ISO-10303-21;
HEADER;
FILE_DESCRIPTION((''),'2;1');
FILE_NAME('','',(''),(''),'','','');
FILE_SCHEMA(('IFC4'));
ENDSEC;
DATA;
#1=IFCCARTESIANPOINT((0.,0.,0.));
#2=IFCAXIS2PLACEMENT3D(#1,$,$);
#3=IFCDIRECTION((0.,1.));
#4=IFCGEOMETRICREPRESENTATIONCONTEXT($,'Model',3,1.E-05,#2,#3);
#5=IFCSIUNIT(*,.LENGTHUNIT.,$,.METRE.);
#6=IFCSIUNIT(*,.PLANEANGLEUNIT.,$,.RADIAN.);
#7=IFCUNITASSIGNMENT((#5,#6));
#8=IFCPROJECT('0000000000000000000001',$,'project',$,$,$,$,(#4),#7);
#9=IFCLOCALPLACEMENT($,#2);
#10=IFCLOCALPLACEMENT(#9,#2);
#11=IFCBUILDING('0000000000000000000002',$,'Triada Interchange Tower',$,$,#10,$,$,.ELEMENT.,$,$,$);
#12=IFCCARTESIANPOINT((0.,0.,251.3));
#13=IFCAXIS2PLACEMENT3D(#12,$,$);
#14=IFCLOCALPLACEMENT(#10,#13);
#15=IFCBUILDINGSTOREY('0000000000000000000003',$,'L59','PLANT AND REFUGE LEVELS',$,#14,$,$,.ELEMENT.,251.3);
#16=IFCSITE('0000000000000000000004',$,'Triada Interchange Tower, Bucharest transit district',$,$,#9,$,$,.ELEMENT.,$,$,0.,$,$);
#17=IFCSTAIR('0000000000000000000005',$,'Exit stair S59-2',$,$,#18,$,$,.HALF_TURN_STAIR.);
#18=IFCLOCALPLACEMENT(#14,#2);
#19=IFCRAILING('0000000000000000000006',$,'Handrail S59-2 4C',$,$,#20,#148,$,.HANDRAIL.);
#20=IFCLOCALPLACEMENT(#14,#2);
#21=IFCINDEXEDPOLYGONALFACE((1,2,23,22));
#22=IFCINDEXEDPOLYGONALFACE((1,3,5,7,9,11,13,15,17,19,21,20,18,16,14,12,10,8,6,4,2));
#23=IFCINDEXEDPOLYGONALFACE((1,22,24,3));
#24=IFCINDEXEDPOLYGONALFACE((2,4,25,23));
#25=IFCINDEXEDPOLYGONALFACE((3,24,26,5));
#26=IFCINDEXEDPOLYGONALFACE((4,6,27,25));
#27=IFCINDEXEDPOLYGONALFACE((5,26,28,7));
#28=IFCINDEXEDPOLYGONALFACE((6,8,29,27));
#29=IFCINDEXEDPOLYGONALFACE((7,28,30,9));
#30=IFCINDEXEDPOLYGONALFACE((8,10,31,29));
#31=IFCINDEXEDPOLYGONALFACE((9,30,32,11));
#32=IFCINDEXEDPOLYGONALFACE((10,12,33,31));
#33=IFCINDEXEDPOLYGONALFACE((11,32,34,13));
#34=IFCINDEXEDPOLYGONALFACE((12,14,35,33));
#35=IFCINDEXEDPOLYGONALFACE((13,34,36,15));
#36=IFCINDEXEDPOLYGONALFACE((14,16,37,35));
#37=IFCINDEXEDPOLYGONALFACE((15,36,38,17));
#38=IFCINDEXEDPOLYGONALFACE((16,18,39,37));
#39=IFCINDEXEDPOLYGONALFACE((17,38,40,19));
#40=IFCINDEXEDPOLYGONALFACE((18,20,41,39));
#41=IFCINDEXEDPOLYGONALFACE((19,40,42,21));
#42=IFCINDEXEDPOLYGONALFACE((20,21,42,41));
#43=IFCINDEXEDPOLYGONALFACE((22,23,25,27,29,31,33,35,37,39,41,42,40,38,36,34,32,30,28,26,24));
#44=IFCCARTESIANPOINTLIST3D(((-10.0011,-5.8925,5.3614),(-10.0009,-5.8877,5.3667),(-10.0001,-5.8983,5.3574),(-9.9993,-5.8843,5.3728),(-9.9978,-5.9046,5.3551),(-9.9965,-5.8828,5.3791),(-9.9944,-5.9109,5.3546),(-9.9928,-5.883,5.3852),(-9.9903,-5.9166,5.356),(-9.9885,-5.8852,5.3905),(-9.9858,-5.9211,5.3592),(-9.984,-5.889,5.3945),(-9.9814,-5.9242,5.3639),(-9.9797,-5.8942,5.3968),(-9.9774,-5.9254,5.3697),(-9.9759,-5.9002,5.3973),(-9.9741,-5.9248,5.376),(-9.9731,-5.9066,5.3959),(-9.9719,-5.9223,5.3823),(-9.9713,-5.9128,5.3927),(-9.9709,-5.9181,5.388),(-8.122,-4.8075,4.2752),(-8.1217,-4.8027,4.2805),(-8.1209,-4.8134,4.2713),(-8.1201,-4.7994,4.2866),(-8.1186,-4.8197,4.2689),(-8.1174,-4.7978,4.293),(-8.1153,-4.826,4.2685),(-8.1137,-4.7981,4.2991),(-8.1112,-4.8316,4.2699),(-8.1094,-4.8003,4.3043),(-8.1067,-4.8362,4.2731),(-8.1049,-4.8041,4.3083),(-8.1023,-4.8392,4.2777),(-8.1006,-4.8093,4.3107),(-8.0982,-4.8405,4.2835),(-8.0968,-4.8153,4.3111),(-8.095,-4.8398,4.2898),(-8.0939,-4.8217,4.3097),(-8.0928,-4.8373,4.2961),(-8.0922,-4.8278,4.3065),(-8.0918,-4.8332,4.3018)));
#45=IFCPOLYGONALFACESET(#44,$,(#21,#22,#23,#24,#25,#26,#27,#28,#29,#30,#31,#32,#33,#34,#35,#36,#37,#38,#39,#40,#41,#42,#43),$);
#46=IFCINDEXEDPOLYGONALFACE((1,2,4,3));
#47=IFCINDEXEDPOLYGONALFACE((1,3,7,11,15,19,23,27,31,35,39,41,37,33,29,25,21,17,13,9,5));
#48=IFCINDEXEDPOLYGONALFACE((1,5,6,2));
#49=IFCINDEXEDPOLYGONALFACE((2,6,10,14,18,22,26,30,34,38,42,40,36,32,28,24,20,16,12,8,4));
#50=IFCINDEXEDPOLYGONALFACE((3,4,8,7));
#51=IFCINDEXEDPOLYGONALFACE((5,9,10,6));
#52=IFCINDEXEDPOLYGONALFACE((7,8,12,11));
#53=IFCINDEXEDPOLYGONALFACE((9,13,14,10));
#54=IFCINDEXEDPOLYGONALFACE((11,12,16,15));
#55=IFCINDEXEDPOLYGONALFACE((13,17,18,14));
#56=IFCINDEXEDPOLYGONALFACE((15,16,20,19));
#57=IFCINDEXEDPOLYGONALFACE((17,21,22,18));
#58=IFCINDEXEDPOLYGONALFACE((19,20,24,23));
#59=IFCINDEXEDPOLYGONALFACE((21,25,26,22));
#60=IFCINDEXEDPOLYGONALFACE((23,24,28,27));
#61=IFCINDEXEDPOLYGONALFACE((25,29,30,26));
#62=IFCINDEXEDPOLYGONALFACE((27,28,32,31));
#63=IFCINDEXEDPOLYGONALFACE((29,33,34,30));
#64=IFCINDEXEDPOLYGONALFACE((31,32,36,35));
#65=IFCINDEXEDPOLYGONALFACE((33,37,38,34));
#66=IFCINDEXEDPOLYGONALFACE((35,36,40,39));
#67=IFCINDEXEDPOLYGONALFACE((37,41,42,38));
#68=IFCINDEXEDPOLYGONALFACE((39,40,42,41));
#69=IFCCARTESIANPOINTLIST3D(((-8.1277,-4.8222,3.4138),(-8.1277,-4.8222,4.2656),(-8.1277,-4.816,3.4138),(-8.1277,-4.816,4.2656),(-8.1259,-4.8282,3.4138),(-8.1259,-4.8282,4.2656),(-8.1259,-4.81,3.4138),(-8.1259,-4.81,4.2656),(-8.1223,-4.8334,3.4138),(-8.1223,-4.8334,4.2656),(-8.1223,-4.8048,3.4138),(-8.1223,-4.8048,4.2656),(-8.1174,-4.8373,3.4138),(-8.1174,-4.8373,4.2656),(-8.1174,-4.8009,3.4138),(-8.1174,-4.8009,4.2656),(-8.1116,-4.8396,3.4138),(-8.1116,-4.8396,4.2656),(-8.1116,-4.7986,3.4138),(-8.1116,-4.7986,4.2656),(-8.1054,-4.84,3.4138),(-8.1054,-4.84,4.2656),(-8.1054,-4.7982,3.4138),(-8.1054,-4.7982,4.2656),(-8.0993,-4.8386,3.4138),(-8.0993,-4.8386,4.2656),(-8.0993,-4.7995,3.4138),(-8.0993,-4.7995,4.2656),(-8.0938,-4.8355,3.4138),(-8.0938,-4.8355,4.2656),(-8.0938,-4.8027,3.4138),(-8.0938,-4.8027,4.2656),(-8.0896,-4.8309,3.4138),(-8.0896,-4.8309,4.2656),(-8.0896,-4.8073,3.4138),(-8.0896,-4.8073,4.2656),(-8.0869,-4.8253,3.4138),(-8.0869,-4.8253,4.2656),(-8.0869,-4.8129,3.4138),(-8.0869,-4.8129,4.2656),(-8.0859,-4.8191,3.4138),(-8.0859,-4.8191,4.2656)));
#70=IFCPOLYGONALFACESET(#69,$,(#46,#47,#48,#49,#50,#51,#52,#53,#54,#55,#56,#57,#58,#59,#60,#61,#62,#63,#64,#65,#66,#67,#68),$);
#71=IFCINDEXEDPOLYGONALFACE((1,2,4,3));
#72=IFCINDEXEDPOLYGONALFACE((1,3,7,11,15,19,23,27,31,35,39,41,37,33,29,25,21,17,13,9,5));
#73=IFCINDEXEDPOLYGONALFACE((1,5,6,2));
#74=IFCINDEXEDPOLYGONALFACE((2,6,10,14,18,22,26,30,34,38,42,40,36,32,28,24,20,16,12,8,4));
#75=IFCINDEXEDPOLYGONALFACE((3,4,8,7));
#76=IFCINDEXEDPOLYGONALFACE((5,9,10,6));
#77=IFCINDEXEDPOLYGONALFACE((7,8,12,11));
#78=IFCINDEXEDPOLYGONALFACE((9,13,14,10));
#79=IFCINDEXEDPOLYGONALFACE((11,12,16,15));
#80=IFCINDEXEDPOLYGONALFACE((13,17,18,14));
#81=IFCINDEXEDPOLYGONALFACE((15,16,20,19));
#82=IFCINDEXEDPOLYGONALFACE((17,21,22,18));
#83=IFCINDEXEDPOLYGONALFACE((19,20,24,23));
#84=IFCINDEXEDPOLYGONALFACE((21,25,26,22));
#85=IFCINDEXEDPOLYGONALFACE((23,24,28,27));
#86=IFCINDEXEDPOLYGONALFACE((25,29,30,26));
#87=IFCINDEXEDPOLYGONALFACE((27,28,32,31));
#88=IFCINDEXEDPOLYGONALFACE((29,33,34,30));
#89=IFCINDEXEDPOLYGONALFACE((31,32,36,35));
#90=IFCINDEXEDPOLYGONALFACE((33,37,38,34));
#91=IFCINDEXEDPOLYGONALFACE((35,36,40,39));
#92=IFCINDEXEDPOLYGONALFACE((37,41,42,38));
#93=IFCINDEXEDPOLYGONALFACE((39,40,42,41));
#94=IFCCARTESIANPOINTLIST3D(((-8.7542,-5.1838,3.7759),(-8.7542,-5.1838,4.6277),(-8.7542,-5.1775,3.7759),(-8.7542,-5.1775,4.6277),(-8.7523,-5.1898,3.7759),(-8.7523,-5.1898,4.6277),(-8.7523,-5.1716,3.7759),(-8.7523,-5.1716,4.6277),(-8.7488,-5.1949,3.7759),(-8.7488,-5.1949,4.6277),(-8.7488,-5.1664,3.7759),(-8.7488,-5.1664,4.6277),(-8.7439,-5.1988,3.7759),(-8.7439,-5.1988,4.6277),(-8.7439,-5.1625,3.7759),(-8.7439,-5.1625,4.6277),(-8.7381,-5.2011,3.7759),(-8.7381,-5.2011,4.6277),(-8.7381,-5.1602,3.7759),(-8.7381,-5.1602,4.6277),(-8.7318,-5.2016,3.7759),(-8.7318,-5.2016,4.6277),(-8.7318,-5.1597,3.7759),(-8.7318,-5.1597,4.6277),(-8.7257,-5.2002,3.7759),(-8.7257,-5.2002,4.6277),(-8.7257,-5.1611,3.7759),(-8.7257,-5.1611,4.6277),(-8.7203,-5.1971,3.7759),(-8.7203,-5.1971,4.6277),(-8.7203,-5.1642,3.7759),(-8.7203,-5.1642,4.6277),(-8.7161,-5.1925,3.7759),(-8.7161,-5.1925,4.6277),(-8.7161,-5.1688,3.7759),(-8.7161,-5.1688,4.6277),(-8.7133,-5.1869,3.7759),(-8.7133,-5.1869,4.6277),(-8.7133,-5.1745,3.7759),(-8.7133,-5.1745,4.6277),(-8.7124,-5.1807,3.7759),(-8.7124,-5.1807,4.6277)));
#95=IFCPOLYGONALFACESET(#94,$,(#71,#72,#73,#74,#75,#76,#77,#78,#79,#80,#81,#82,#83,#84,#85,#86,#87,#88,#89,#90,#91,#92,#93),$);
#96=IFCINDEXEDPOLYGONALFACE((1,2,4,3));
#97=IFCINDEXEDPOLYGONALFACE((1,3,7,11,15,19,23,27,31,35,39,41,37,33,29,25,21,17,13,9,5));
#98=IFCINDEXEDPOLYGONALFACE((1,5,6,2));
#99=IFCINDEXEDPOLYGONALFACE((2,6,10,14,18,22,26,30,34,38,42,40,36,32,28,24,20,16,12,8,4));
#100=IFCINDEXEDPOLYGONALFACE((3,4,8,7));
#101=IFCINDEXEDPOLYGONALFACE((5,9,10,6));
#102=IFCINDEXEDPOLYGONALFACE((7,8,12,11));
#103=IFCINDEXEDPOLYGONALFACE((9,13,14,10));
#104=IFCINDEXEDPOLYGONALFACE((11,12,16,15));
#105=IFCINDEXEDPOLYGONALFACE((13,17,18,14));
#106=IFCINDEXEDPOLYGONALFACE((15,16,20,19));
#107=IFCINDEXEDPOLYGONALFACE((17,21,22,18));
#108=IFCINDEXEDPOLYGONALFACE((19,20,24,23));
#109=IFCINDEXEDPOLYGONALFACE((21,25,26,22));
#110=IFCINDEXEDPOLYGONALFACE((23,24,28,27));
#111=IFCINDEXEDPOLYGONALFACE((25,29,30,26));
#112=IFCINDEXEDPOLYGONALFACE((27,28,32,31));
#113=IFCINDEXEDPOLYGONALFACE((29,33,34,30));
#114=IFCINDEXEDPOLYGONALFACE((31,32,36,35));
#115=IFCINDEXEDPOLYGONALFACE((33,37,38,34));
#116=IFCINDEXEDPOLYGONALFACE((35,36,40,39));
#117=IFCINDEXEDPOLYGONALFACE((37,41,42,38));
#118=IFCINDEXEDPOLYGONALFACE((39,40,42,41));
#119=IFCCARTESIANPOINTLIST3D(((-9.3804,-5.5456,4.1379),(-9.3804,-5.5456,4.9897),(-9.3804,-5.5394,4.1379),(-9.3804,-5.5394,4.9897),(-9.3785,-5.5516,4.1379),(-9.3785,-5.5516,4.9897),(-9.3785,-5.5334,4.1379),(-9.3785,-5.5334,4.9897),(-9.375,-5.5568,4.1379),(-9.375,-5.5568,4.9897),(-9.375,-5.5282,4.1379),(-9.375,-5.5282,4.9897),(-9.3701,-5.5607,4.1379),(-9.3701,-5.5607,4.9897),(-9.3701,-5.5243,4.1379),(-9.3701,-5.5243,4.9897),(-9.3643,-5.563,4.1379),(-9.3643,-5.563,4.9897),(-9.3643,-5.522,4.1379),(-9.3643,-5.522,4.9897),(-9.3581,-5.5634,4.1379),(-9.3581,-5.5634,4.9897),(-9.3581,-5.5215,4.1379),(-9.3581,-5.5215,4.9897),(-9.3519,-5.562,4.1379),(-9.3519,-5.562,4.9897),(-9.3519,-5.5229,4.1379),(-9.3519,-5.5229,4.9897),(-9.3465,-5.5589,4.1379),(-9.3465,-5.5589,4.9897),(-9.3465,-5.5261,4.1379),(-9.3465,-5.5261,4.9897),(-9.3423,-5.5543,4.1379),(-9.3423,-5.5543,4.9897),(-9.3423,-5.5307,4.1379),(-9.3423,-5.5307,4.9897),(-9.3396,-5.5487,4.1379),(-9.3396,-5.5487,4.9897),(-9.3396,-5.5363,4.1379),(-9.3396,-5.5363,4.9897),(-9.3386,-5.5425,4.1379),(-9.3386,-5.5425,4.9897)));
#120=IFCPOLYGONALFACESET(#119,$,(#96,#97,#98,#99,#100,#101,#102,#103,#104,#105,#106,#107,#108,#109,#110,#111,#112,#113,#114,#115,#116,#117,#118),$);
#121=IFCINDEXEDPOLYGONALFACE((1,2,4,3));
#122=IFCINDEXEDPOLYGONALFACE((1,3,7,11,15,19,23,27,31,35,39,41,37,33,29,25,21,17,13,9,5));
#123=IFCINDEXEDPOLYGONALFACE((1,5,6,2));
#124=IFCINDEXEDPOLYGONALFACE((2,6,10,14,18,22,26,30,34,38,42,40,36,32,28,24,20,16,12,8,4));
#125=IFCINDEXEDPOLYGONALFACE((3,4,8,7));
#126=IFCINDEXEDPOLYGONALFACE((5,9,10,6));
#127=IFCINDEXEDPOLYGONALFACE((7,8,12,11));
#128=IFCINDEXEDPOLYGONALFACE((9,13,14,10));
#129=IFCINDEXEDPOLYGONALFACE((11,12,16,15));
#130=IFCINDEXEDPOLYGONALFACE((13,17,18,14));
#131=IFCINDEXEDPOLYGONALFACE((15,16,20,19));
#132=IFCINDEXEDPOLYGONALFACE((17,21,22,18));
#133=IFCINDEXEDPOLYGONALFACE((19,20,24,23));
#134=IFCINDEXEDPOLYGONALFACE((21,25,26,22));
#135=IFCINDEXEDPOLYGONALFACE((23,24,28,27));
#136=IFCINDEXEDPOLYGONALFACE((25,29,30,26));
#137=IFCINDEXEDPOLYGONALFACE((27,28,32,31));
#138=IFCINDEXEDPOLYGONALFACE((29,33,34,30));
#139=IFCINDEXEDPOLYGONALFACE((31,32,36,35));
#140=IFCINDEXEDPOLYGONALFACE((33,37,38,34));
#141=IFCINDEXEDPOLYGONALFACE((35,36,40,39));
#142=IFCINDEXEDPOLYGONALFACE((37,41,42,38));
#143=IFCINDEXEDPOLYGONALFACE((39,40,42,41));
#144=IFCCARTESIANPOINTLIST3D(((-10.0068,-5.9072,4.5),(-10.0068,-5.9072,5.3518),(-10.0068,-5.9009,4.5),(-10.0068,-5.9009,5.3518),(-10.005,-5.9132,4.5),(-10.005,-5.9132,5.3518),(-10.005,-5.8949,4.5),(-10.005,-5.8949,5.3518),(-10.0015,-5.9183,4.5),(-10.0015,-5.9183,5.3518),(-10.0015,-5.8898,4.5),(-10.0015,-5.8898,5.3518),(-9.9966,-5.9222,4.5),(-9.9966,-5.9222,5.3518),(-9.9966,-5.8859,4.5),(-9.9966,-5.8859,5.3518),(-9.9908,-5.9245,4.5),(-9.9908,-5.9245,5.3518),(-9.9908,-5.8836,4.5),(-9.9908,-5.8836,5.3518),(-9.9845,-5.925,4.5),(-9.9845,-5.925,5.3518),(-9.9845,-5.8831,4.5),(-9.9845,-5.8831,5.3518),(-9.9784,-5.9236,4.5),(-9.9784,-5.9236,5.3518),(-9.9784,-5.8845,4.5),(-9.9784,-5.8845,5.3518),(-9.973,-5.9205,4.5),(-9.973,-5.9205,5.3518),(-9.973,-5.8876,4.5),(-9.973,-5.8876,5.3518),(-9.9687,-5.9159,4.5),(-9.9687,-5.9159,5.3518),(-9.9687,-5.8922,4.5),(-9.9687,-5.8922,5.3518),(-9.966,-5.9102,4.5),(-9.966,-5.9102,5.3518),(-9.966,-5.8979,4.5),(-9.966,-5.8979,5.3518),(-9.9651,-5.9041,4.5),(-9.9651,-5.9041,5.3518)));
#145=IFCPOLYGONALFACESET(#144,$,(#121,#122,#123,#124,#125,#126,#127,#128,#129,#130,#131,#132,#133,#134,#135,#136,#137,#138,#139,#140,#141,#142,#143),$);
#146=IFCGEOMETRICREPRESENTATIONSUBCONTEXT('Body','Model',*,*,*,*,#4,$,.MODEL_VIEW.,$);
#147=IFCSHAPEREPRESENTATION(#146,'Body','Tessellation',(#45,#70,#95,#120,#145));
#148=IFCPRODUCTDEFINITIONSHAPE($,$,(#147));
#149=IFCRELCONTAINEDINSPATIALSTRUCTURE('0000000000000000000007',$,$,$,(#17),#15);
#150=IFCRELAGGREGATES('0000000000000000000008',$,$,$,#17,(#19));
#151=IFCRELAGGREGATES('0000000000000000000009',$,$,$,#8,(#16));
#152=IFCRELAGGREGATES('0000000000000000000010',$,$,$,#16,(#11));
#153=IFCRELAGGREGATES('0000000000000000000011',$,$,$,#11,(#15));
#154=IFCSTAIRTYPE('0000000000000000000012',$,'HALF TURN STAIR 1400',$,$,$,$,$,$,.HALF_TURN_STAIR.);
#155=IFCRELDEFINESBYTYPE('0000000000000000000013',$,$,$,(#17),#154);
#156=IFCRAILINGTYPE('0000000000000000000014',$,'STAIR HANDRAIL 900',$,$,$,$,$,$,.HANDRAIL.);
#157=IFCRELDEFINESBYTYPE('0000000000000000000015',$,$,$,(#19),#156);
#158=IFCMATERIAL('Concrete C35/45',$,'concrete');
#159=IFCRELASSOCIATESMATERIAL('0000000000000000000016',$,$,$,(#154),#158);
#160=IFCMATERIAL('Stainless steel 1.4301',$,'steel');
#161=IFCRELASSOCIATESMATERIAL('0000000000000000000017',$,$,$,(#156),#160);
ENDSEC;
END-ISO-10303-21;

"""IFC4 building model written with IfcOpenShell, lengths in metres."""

from ifc_helpers import new_model, si_unit, direction, frame, origin, origin_2d, place, context, subcontext, project, spatial, circle, extrude, material, type_object, element, aggregate, save


model = new_model("IFC4")

# Units and contexts
model_context = context("Model", 3, precision=1e-05, world=origin(), true_north=direction((0.0, 1.0)))
body_context = subcontext(model_context, "Body", "Model", "MODEL_VIEW")
ifc_project = project(units=[si_unit("LENGTHUNIT", "METRE"), si_unit("PLANEANGLEUNIT", "RADIAN")], contexts=[model_context])

# Site, building, storey
site_placement = place(None, origin())
site = spatial("IfcSite", under=ifc_project, at=site_placement, Name="Triada Interchange Tower, Bucharest transit district", CompositionType="ELEMENT", RefElevation=0.0)
building_placement = place(site_placement, origin())
building = spatial("IfcBuilding", under=site, at=building_placement, Name="Triada Interchange Tower", CompositionType="ELEMENT")
storey_placement = place(building_placement, frame((0.0, 0.0, 251.3)))
storey = spatial("IfcBuildingStorey", under=building, at=storey_placement, Name="L59", Description="PLANT AND REFUGE LEVELS", CompositionType="ELEMENT", Elevation=251.3)

# Shared definitions
ifc_material_1 = material(Name="Concrete C35/45", Category="concrete")

# Stair, railing
stair_type = type_object("IfcStairType", Name="HALF TURN STAIR 1400", PredefinedType="HALF_TURN_STAIR", material=ifc_material_1)
stair_placement = place(storey_placement, origin())
stair = element("IfcStair", 1, at=stair_placement, inside=storey, type_object=stair_type, Name="Exit stair S59-2", PredefinedType="HALF_TURN_STAIR")
ifc_material_2 = material(Name="Stainless steel 1.4301", Category="steel")
railing_type_1 = type_object("IfcRailingType", Name="STAIR HANDRAIL 900", PredefinedType="HANDRAIL", material=ifc_material_2)
railing_1_placement = place(storey_placement, frame((-8.1069, -4.8191, 3.4138)))
railing_1 = element("IfcRailing", 2, at=railing_1_placement, type_object=railing_type_1, Name="Handrail S59-2 4C", PredefinedType="HANDRAIL", context=body_context, shape_type="SweptSolid", body=[
    extrude(circle(Radius=0.0239, at=origin_2d()), frame((0.0, 0.0, 0.876), z_axis=(-0.774413, -0.447121, 0.447624), x_axis=(0.500011, -0.866019, 0.0)), (0.0, 0.0, 1.0), 2.4265),
    extrude(circle(Radius=0.021, at=origin_2d()), origin(), (0.0, 0.0, 1.0), 0.8518),
    extrude(circle(Radius=0.021, at=origin_2d()), frame((-0.6265, -0.3616, 0.3621)), (0.0, 0.0, 1.0), 0.8518),
    extrude(circle(Radius=0.021, at=origin_2d()), frame((-1.2527, -0.7234, 0.7241)), (0.0, 0.0, 1.0), 0.8518),
    extrude(circle(Radius=0.021, at=origin_2d()), frame((-1.8792, -1.085, 1.0862)), (0.0, 0.0, 1.0), 0.8518),
])
aggregate(stair, [railing_1])

save(model, "model.ifc")
